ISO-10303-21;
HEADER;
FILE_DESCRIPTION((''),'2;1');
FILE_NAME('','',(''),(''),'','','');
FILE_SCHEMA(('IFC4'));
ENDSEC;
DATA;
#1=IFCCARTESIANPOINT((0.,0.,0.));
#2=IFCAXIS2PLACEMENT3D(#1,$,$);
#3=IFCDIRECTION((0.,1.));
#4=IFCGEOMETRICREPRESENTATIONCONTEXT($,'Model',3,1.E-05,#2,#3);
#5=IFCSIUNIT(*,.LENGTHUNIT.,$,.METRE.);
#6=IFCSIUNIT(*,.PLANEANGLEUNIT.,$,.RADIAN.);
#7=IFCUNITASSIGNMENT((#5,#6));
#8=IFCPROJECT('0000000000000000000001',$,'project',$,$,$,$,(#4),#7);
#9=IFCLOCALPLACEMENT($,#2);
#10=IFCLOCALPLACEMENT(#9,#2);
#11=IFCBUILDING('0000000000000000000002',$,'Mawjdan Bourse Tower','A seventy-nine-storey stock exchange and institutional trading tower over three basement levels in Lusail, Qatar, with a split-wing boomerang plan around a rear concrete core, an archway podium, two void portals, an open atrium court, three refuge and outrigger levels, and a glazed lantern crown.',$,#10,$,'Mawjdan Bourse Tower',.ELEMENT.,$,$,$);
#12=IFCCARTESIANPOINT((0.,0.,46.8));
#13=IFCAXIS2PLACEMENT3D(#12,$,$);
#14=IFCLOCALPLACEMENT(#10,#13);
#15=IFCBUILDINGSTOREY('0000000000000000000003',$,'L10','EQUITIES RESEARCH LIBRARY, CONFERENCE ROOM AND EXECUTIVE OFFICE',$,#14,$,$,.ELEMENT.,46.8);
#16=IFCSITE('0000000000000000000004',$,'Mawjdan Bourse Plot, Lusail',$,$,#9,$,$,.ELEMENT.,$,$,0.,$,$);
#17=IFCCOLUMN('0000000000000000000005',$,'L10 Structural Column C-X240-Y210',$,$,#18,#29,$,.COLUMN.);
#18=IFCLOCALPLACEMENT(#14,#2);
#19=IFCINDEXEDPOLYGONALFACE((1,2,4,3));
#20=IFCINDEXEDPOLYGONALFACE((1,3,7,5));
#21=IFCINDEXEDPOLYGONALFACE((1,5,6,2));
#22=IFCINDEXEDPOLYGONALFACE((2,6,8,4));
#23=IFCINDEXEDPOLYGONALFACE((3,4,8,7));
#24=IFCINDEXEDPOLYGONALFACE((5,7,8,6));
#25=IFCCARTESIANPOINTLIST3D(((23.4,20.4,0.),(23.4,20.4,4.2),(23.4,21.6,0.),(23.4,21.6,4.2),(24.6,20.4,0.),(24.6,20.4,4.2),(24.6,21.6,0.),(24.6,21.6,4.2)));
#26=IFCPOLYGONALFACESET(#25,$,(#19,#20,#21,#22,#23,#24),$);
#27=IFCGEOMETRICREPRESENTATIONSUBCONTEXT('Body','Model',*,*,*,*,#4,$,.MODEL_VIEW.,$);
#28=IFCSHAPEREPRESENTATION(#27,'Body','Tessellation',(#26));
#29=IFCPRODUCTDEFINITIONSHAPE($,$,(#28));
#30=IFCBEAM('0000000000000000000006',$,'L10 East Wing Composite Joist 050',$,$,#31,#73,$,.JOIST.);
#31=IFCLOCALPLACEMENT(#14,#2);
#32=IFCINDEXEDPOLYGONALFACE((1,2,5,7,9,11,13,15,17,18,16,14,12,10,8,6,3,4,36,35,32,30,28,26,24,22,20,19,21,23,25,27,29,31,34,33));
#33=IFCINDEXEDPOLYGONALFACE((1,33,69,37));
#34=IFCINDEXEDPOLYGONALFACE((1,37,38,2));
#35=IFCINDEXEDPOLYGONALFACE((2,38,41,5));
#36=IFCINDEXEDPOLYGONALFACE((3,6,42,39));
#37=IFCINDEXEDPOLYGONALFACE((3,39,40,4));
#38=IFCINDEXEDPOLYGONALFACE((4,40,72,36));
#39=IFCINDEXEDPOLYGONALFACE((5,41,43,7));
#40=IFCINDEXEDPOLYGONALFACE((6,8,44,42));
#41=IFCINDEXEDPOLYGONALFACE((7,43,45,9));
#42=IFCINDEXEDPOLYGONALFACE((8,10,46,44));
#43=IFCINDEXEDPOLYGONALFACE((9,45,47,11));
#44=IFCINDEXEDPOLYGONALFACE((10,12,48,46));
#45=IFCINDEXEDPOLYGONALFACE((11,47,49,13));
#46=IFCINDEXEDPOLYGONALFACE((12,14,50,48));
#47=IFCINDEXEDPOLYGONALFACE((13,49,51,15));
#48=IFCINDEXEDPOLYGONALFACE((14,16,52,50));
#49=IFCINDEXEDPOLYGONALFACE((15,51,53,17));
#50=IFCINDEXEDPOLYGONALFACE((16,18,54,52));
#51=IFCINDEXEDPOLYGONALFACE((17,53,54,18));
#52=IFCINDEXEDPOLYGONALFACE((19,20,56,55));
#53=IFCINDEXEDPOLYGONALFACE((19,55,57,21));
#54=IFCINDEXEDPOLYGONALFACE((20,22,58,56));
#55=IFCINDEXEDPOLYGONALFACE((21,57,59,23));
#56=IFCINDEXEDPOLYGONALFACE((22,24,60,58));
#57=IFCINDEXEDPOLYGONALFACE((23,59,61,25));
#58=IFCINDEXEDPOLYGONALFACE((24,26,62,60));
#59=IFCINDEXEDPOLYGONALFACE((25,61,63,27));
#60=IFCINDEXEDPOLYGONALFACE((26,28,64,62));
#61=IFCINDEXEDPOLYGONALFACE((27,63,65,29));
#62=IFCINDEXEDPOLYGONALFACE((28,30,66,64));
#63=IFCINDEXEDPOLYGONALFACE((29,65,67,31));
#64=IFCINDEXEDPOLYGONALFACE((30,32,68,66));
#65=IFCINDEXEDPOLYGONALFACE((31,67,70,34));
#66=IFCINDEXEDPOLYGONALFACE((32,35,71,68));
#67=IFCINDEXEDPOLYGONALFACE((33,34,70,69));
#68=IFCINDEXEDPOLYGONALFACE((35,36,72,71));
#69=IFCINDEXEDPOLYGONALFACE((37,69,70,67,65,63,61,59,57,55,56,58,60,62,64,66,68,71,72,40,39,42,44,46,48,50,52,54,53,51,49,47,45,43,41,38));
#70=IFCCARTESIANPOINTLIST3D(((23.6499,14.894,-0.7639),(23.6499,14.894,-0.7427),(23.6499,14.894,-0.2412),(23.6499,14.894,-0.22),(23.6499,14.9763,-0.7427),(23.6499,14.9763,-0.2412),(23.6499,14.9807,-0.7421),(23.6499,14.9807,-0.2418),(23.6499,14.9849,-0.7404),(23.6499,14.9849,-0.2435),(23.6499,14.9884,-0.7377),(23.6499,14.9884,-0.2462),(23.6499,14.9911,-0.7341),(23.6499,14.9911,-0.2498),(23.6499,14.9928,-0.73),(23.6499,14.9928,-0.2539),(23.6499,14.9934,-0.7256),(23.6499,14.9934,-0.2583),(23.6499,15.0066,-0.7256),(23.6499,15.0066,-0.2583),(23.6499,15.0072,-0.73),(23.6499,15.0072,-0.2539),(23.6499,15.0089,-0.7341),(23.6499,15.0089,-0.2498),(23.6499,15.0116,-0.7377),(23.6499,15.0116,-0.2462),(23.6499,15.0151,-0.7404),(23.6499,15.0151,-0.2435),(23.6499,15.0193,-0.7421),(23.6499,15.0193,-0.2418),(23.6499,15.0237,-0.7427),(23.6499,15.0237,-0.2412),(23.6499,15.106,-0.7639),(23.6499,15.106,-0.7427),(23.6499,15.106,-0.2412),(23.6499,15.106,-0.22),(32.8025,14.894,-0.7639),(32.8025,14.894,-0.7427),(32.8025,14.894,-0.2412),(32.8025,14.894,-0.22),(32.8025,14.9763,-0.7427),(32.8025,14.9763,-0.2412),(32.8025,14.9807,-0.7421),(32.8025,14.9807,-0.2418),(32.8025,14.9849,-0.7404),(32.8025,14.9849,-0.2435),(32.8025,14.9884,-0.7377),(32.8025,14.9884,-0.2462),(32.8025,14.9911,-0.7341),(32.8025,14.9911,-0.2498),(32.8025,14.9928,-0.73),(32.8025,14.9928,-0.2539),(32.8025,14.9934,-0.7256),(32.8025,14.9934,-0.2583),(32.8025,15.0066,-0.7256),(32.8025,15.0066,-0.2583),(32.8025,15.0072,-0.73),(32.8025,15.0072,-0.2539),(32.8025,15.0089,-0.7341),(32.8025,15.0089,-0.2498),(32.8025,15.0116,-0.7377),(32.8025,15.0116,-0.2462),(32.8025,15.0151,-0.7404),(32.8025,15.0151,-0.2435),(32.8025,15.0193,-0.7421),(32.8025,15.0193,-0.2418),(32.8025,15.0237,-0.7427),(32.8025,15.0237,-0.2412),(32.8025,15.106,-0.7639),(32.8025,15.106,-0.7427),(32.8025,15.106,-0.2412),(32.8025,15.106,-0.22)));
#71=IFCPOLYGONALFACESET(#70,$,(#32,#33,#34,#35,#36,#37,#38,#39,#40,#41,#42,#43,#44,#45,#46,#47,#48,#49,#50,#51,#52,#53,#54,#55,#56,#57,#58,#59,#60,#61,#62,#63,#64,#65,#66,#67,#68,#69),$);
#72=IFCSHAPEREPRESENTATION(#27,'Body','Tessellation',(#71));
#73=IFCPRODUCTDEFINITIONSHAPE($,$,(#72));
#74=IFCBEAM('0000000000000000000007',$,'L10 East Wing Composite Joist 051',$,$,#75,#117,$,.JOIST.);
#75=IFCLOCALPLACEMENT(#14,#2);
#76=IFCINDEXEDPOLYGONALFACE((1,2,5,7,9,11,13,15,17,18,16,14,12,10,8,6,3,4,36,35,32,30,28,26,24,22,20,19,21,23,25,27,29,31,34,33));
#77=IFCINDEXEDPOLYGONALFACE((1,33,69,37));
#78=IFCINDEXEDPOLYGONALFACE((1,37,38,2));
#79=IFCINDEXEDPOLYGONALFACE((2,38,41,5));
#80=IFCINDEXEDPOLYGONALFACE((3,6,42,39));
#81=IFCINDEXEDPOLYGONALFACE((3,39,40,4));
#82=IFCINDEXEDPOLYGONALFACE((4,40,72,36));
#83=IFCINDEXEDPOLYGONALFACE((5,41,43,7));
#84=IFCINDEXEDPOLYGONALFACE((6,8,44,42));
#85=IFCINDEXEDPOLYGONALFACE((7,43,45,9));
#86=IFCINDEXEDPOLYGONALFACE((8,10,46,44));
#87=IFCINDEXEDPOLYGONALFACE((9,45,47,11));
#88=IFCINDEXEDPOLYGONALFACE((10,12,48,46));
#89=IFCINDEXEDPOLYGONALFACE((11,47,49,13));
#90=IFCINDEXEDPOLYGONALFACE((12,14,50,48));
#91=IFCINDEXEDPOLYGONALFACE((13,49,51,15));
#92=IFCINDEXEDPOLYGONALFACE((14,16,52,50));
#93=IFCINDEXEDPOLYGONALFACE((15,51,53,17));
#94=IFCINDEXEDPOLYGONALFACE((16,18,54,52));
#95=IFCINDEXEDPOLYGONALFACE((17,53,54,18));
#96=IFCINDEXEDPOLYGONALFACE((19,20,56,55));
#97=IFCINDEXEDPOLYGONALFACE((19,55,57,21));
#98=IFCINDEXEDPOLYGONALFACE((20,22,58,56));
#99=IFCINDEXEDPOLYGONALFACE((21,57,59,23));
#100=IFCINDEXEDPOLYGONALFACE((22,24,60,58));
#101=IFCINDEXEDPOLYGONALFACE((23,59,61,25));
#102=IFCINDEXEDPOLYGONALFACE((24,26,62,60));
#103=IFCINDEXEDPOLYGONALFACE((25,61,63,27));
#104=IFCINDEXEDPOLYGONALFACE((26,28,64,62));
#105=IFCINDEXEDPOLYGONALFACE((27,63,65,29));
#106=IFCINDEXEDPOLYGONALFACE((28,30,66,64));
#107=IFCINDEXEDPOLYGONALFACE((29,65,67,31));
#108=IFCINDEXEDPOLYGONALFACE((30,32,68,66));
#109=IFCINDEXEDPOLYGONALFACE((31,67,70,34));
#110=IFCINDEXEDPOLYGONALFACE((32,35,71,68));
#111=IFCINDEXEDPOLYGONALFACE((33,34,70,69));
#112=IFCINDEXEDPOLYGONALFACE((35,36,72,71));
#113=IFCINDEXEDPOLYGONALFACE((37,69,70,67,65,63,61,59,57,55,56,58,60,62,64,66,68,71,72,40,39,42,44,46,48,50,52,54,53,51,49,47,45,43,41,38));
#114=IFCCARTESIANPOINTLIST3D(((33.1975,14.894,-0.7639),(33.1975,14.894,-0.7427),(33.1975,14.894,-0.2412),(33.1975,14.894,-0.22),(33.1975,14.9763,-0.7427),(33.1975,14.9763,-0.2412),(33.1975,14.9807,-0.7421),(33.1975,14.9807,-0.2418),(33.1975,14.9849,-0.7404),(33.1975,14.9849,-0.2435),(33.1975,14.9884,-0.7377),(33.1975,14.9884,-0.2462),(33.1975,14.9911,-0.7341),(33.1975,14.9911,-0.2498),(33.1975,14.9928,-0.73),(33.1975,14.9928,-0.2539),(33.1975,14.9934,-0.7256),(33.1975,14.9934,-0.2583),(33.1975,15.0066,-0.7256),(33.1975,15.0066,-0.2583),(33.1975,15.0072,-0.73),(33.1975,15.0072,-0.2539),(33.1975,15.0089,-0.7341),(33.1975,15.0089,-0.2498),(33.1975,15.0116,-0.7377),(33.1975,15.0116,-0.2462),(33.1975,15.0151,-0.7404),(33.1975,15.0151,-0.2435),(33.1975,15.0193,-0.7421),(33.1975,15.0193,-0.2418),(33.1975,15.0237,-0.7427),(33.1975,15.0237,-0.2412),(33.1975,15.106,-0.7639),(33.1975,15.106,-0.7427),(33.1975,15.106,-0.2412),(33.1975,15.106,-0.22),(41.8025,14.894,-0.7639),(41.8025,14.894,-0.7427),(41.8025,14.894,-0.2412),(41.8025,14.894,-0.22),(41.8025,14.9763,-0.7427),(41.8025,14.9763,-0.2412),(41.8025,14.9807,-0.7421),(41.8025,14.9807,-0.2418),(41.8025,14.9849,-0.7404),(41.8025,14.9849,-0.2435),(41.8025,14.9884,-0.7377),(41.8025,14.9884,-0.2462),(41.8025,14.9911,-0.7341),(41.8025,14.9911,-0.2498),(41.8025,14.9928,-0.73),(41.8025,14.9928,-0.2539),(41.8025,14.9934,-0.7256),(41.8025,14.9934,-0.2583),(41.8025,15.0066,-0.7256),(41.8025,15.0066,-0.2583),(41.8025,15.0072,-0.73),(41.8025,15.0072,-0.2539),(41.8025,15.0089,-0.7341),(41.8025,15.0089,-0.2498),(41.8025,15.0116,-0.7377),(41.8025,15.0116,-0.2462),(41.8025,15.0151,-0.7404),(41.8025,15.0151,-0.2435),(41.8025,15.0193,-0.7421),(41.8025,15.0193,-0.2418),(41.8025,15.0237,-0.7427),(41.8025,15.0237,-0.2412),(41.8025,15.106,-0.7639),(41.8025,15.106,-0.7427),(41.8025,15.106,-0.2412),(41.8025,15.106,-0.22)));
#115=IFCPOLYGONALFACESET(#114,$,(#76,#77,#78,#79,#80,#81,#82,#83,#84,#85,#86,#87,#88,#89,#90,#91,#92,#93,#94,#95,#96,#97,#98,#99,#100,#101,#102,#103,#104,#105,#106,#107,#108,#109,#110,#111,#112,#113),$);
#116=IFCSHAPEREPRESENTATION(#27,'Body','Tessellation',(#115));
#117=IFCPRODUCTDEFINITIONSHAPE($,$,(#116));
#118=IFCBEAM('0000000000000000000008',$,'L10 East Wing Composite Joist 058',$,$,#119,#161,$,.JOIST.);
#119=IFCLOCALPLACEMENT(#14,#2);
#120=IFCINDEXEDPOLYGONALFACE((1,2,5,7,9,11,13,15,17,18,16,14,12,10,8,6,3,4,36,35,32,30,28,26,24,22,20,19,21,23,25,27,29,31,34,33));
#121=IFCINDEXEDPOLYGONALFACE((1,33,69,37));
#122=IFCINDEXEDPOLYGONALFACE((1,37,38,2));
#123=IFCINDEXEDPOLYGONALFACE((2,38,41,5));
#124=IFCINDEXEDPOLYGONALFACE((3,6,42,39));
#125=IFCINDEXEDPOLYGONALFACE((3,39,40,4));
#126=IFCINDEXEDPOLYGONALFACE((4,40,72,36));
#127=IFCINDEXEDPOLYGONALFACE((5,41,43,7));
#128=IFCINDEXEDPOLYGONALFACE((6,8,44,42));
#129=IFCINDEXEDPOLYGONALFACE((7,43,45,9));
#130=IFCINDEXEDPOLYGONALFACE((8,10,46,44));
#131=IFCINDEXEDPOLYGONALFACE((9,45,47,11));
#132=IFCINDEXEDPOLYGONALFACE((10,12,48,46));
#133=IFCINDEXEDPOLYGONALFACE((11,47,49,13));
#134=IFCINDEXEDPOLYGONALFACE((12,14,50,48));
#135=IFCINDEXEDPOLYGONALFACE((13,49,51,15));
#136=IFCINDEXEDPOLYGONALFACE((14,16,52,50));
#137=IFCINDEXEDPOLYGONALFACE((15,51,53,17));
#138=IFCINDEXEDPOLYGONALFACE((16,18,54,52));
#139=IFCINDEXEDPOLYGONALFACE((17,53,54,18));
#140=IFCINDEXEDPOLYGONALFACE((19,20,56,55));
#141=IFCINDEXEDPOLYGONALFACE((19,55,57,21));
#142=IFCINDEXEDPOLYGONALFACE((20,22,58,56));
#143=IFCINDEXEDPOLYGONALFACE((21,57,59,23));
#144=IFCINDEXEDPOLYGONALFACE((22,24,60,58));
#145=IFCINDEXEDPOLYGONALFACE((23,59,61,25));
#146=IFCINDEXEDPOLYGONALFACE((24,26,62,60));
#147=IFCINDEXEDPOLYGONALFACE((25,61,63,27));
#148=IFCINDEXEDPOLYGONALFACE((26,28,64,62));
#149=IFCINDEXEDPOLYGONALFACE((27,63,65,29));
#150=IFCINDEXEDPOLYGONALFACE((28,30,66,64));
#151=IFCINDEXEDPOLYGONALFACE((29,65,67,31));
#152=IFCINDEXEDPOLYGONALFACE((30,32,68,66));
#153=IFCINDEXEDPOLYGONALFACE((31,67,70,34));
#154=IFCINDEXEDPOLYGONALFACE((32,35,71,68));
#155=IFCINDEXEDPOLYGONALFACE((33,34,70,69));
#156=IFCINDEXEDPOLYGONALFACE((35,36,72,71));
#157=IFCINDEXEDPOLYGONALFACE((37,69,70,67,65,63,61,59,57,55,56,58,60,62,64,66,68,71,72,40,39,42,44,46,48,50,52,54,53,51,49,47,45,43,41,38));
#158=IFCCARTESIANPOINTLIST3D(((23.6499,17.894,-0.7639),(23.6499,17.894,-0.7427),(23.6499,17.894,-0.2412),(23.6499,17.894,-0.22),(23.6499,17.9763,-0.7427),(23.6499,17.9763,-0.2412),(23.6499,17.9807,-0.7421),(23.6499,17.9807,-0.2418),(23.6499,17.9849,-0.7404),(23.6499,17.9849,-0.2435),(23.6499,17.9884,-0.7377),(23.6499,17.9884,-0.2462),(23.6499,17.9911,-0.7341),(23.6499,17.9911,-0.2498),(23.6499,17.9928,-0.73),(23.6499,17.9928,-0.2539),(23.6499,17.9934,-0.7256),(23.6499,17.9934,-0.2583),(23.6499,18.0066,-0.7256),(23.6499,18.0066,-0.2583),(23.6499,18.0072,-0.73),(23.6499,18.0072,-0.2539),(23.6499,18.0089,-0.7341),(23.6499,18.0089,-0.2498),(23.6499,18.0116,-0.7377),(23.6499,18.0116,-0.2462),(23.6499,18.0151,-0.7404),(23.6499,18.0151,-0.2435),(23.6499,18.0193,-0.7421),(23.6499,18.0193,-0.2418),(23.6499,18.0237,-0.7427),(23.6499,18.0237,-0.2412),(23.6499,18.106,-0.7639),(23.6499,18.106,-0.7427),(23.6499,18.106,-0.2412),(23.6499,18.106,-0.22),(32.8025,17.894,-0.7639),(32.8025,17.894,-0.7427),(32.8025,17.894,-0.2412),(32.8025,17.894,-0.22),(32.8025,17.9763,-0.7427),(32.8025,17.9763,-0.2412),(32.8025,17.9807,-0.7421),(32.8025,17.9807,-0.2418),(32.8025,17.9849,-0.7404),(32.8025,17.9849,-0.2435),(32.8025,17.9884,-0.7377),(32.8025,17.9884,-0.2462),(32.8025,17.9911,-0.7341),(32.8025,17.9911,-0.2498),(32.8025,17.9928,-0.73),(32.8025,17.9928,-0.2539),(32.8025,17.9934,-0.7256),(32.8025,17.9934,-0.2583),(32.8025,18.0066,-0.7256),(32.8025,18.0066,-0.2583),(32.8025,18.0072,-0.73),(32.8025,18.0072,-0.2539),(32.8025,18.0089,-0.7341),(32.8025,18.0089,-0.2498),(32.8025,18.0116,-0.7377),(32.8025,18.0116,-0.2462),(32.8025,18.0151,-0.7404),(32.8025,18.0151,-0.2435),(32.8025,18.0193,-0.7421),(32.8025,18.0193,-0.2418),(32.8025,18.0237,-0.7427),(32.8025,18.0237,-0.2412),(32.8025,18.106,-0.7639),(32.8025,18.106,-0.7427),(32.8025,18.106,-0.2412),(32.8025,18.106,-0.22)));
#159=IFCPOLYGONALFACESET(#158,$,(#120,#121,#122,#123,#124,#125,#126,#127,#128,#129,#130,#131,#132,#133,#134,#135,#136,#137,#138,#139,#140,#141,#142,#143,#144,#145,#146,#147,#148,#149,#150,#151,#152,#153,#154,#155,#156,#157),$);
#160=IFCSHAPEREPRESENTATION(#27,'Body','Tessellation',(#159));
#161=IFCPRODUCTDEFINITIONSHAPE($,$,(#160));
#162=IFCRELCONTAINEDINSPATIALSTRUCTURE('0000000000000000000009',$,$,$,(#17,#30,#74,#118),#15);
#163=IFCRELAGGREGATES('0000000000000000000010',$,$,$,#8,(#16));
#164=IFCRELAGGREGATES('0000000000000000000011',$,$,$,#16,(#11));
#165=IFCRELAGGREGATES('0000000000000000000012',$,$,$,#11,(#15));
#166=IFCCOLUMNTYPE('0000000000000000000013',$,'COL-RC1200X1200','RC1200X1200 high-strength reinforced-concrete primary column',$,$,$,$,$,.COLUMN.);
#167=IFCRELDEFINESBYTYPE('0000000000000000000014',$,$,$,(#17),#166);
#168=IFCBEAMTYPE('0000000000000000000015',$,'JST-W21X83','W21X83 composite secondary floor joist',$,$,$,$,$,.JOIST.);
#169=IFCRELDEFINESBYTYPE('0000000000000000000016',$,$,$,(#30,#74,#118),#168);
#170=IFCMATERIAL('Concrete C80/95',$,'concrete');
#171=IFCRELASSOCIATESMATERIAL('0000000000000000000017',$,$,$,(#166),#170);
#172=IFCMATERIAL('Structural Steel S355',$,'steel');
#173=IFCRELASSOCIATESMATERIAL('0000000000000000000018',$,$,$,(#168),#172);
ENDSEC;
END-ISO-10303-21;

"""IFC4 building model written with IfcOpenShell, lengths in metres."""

from ifc_helpers import new_model, si_unit, direction, frame, origin, origin_2d, place, context, subcontext, project, spatial, rectangle, i_section, extrude, material, material_profile, profile_set, type_object, element, save


model = new_model("IFC4")

# Units and contexts
model_context = context("Model", 3, precision=1e-05, world=origin(), true_north=direction((0.0, 1.0)))
body_context = subcontext(model_context, "Body", "Model", "MODEL_VIEW")
ifc_project = project(units=[si_unit("LENGTHUNIT", "METRE"), si_unit("PLANEANGLEUNIT", "RADIAN")], contexts=[model_context])

# Site, building, storey
site_placement = place(None, origin())
site = spatial("IfcSite", under=ifc_project, at=site_placement, Name="Mawjdan Bourse Plot, Lusail", CompositionType="ELEMENT", RefElevation=0.0)
building_placement = place(site_placement, origin())
building = spatial("IfcBuilding", under=site, at=building_placement, Name="Mawjdan Bourse Tower", Description="A seventy-nine-storey stock exchange and institutional trading tower over three basement levels in Lusail, Qatar, with a split-wing boomerang plan around a rear concrete core, an archway podium, two void portals, an open atrium court, three refuge and outrigger levels, and a glazed lantern crown.", LongName="Mawjdan Bourse Tower", CompositionType="ELEMENT")
storey_placement = place(building_placement, frame((0.0, 0.0, 46.8)))
storey = spatial("IfcBuildingStorey", under=building, at=storey_placement, Name="L10", Description="EQUITIES RESEARCH LIBRARY, CONFERENCE ROOM AND EXECUTIVE OFFICE", CompositionType="ELEMENT", Elevation=46.8)

# Column
ifc_material_1 = material(Name="Concrete C80/95", Category="concrete")
ifc_material_profile_1 = material_profile(ifc_material_1, rectangle(XDim=1.2, YDim=1.2, at=origin_2d()), Name="RC1200X1200")
ifc_profile_set_1 = profile_set([ifc_material_profile_1], Name="Concrete C80/95")
column_type = type_object("IfcColumnType", Name="COL-RC1200X1200", Description="RC1200X1200 high-strength reinforced-concrete primary column", PredefinedType="COLUMN", material=ifc_profile_set_1)
column_placement = place(storey_placement, frame((24.0, 21.0, 0.0), z_axis=(0.0, 0.0, 1.0), x_axis=(1.0, 0.0, 0.0)))
element("IfcColumn", 1, at=column_placement, inside=storey, type_object=column_type, Name="L10 Structural Column C-X240-Y210", PredefinedType="COLUMN", context=body_context, shape_type="SweptSolid", body=[
    extrude(rectangle(XDim=1.2, YDim=1.2, at=origin_2d()), origin(), (0.0, 0.0, 1.0), 4.2),
])

# Beams
ifc_material_2 = material(Name="Structural Steel S355", Category="steel")
ifc_material_profile_2 = material_profile(ifc_material_2, i_section(OverallWidth=0.2119, OverallDepth=0.5439, WebThickness=0.0132, FlangeThickness=0.0212, FilletRadius=0.0171, at=origin_2d()), Name="W21X83")
ifc_profile_set_2 = profile_set([ifc_material_profile_2], Name="Structural Steel S355")
beam_type_1 = type_object("IfcBeamType", Name="JST-W21X83", Description="W21X83 composite secondary floor joist", PredefinedType="JOIST", material=ifc_profile_set_2)
beam_1_placement = place(storey_placement, frame((23.6499, 15.0, -0.4919), z_axis=(1.0, 0.0, 0.0), x_axis=(0.0, 1.0, 0.0)))
element("IfcBeam", 2, at=beam_1_placement, inside=storey, type_object=beam_type_1, Name="L10 East Wing Composite Joist 050", PredefinedType="JOIST", context=body_context, shape_type="SweptSolid", body=[
    extrude(i_section(OverallWidth=0.2119, OverallDepth=0.5439, WebThickness=0.0132, FlangeThickness=0.0212, FilletRadius=0.0171, at=origin_2d()), origin(), (0.0, 0.0, 1.0), 9.1526),
])
beam_2_placement = place(storey_placement, frame((33.1975, 15.0, -0.4919), z_axis=(1.0, 0.0, 0.0), x_axis=(0.0, 1.0, 0.0)))
element("IfcBeam", 3, at=beam_2_placement, inside=storey, type_object=beam_type_1, Name="L10 East Wing Composite Joist 051", PredefinedType="JOIST", context=body_context, shape_type="SweptSolid", body=[
    extrude(i_section(OverallWidth=0.2119, OverallDepth=0.5439, WebThickness=0.0132, FlangeThickness=0.0212, FilletRadius=0.0171, at=origin_2d()), origin(), (0.0, 0.0, 1.0), 8.605),
])
beam_3_placement = place(storey_placement, frame((23.6499, 18.0, -0.4919), z_axis=(1.0, 0.0, 0.0), x_axis=(0.0, 1.0, 0.0)))
element("IfcBeam", 4, at=beam_3_placement, inside=storey, type_object=beam_type_1, Name="L10 East Wing Composite Joist 058", PredefinedType="JOIST", context=body_context, shape_type="SweptSolid", body=[
    extrude(i_section(OverallWidth=0.2119, OverallDepth=0.5439, WebThickness=0.0132, FlangeThickness=0.0212, FilletRadius=0.0171, at=origin_2d()), origin(), (0.0, 0.0, 1.0), 9.1526),
])

save(model, "model.ifc")
